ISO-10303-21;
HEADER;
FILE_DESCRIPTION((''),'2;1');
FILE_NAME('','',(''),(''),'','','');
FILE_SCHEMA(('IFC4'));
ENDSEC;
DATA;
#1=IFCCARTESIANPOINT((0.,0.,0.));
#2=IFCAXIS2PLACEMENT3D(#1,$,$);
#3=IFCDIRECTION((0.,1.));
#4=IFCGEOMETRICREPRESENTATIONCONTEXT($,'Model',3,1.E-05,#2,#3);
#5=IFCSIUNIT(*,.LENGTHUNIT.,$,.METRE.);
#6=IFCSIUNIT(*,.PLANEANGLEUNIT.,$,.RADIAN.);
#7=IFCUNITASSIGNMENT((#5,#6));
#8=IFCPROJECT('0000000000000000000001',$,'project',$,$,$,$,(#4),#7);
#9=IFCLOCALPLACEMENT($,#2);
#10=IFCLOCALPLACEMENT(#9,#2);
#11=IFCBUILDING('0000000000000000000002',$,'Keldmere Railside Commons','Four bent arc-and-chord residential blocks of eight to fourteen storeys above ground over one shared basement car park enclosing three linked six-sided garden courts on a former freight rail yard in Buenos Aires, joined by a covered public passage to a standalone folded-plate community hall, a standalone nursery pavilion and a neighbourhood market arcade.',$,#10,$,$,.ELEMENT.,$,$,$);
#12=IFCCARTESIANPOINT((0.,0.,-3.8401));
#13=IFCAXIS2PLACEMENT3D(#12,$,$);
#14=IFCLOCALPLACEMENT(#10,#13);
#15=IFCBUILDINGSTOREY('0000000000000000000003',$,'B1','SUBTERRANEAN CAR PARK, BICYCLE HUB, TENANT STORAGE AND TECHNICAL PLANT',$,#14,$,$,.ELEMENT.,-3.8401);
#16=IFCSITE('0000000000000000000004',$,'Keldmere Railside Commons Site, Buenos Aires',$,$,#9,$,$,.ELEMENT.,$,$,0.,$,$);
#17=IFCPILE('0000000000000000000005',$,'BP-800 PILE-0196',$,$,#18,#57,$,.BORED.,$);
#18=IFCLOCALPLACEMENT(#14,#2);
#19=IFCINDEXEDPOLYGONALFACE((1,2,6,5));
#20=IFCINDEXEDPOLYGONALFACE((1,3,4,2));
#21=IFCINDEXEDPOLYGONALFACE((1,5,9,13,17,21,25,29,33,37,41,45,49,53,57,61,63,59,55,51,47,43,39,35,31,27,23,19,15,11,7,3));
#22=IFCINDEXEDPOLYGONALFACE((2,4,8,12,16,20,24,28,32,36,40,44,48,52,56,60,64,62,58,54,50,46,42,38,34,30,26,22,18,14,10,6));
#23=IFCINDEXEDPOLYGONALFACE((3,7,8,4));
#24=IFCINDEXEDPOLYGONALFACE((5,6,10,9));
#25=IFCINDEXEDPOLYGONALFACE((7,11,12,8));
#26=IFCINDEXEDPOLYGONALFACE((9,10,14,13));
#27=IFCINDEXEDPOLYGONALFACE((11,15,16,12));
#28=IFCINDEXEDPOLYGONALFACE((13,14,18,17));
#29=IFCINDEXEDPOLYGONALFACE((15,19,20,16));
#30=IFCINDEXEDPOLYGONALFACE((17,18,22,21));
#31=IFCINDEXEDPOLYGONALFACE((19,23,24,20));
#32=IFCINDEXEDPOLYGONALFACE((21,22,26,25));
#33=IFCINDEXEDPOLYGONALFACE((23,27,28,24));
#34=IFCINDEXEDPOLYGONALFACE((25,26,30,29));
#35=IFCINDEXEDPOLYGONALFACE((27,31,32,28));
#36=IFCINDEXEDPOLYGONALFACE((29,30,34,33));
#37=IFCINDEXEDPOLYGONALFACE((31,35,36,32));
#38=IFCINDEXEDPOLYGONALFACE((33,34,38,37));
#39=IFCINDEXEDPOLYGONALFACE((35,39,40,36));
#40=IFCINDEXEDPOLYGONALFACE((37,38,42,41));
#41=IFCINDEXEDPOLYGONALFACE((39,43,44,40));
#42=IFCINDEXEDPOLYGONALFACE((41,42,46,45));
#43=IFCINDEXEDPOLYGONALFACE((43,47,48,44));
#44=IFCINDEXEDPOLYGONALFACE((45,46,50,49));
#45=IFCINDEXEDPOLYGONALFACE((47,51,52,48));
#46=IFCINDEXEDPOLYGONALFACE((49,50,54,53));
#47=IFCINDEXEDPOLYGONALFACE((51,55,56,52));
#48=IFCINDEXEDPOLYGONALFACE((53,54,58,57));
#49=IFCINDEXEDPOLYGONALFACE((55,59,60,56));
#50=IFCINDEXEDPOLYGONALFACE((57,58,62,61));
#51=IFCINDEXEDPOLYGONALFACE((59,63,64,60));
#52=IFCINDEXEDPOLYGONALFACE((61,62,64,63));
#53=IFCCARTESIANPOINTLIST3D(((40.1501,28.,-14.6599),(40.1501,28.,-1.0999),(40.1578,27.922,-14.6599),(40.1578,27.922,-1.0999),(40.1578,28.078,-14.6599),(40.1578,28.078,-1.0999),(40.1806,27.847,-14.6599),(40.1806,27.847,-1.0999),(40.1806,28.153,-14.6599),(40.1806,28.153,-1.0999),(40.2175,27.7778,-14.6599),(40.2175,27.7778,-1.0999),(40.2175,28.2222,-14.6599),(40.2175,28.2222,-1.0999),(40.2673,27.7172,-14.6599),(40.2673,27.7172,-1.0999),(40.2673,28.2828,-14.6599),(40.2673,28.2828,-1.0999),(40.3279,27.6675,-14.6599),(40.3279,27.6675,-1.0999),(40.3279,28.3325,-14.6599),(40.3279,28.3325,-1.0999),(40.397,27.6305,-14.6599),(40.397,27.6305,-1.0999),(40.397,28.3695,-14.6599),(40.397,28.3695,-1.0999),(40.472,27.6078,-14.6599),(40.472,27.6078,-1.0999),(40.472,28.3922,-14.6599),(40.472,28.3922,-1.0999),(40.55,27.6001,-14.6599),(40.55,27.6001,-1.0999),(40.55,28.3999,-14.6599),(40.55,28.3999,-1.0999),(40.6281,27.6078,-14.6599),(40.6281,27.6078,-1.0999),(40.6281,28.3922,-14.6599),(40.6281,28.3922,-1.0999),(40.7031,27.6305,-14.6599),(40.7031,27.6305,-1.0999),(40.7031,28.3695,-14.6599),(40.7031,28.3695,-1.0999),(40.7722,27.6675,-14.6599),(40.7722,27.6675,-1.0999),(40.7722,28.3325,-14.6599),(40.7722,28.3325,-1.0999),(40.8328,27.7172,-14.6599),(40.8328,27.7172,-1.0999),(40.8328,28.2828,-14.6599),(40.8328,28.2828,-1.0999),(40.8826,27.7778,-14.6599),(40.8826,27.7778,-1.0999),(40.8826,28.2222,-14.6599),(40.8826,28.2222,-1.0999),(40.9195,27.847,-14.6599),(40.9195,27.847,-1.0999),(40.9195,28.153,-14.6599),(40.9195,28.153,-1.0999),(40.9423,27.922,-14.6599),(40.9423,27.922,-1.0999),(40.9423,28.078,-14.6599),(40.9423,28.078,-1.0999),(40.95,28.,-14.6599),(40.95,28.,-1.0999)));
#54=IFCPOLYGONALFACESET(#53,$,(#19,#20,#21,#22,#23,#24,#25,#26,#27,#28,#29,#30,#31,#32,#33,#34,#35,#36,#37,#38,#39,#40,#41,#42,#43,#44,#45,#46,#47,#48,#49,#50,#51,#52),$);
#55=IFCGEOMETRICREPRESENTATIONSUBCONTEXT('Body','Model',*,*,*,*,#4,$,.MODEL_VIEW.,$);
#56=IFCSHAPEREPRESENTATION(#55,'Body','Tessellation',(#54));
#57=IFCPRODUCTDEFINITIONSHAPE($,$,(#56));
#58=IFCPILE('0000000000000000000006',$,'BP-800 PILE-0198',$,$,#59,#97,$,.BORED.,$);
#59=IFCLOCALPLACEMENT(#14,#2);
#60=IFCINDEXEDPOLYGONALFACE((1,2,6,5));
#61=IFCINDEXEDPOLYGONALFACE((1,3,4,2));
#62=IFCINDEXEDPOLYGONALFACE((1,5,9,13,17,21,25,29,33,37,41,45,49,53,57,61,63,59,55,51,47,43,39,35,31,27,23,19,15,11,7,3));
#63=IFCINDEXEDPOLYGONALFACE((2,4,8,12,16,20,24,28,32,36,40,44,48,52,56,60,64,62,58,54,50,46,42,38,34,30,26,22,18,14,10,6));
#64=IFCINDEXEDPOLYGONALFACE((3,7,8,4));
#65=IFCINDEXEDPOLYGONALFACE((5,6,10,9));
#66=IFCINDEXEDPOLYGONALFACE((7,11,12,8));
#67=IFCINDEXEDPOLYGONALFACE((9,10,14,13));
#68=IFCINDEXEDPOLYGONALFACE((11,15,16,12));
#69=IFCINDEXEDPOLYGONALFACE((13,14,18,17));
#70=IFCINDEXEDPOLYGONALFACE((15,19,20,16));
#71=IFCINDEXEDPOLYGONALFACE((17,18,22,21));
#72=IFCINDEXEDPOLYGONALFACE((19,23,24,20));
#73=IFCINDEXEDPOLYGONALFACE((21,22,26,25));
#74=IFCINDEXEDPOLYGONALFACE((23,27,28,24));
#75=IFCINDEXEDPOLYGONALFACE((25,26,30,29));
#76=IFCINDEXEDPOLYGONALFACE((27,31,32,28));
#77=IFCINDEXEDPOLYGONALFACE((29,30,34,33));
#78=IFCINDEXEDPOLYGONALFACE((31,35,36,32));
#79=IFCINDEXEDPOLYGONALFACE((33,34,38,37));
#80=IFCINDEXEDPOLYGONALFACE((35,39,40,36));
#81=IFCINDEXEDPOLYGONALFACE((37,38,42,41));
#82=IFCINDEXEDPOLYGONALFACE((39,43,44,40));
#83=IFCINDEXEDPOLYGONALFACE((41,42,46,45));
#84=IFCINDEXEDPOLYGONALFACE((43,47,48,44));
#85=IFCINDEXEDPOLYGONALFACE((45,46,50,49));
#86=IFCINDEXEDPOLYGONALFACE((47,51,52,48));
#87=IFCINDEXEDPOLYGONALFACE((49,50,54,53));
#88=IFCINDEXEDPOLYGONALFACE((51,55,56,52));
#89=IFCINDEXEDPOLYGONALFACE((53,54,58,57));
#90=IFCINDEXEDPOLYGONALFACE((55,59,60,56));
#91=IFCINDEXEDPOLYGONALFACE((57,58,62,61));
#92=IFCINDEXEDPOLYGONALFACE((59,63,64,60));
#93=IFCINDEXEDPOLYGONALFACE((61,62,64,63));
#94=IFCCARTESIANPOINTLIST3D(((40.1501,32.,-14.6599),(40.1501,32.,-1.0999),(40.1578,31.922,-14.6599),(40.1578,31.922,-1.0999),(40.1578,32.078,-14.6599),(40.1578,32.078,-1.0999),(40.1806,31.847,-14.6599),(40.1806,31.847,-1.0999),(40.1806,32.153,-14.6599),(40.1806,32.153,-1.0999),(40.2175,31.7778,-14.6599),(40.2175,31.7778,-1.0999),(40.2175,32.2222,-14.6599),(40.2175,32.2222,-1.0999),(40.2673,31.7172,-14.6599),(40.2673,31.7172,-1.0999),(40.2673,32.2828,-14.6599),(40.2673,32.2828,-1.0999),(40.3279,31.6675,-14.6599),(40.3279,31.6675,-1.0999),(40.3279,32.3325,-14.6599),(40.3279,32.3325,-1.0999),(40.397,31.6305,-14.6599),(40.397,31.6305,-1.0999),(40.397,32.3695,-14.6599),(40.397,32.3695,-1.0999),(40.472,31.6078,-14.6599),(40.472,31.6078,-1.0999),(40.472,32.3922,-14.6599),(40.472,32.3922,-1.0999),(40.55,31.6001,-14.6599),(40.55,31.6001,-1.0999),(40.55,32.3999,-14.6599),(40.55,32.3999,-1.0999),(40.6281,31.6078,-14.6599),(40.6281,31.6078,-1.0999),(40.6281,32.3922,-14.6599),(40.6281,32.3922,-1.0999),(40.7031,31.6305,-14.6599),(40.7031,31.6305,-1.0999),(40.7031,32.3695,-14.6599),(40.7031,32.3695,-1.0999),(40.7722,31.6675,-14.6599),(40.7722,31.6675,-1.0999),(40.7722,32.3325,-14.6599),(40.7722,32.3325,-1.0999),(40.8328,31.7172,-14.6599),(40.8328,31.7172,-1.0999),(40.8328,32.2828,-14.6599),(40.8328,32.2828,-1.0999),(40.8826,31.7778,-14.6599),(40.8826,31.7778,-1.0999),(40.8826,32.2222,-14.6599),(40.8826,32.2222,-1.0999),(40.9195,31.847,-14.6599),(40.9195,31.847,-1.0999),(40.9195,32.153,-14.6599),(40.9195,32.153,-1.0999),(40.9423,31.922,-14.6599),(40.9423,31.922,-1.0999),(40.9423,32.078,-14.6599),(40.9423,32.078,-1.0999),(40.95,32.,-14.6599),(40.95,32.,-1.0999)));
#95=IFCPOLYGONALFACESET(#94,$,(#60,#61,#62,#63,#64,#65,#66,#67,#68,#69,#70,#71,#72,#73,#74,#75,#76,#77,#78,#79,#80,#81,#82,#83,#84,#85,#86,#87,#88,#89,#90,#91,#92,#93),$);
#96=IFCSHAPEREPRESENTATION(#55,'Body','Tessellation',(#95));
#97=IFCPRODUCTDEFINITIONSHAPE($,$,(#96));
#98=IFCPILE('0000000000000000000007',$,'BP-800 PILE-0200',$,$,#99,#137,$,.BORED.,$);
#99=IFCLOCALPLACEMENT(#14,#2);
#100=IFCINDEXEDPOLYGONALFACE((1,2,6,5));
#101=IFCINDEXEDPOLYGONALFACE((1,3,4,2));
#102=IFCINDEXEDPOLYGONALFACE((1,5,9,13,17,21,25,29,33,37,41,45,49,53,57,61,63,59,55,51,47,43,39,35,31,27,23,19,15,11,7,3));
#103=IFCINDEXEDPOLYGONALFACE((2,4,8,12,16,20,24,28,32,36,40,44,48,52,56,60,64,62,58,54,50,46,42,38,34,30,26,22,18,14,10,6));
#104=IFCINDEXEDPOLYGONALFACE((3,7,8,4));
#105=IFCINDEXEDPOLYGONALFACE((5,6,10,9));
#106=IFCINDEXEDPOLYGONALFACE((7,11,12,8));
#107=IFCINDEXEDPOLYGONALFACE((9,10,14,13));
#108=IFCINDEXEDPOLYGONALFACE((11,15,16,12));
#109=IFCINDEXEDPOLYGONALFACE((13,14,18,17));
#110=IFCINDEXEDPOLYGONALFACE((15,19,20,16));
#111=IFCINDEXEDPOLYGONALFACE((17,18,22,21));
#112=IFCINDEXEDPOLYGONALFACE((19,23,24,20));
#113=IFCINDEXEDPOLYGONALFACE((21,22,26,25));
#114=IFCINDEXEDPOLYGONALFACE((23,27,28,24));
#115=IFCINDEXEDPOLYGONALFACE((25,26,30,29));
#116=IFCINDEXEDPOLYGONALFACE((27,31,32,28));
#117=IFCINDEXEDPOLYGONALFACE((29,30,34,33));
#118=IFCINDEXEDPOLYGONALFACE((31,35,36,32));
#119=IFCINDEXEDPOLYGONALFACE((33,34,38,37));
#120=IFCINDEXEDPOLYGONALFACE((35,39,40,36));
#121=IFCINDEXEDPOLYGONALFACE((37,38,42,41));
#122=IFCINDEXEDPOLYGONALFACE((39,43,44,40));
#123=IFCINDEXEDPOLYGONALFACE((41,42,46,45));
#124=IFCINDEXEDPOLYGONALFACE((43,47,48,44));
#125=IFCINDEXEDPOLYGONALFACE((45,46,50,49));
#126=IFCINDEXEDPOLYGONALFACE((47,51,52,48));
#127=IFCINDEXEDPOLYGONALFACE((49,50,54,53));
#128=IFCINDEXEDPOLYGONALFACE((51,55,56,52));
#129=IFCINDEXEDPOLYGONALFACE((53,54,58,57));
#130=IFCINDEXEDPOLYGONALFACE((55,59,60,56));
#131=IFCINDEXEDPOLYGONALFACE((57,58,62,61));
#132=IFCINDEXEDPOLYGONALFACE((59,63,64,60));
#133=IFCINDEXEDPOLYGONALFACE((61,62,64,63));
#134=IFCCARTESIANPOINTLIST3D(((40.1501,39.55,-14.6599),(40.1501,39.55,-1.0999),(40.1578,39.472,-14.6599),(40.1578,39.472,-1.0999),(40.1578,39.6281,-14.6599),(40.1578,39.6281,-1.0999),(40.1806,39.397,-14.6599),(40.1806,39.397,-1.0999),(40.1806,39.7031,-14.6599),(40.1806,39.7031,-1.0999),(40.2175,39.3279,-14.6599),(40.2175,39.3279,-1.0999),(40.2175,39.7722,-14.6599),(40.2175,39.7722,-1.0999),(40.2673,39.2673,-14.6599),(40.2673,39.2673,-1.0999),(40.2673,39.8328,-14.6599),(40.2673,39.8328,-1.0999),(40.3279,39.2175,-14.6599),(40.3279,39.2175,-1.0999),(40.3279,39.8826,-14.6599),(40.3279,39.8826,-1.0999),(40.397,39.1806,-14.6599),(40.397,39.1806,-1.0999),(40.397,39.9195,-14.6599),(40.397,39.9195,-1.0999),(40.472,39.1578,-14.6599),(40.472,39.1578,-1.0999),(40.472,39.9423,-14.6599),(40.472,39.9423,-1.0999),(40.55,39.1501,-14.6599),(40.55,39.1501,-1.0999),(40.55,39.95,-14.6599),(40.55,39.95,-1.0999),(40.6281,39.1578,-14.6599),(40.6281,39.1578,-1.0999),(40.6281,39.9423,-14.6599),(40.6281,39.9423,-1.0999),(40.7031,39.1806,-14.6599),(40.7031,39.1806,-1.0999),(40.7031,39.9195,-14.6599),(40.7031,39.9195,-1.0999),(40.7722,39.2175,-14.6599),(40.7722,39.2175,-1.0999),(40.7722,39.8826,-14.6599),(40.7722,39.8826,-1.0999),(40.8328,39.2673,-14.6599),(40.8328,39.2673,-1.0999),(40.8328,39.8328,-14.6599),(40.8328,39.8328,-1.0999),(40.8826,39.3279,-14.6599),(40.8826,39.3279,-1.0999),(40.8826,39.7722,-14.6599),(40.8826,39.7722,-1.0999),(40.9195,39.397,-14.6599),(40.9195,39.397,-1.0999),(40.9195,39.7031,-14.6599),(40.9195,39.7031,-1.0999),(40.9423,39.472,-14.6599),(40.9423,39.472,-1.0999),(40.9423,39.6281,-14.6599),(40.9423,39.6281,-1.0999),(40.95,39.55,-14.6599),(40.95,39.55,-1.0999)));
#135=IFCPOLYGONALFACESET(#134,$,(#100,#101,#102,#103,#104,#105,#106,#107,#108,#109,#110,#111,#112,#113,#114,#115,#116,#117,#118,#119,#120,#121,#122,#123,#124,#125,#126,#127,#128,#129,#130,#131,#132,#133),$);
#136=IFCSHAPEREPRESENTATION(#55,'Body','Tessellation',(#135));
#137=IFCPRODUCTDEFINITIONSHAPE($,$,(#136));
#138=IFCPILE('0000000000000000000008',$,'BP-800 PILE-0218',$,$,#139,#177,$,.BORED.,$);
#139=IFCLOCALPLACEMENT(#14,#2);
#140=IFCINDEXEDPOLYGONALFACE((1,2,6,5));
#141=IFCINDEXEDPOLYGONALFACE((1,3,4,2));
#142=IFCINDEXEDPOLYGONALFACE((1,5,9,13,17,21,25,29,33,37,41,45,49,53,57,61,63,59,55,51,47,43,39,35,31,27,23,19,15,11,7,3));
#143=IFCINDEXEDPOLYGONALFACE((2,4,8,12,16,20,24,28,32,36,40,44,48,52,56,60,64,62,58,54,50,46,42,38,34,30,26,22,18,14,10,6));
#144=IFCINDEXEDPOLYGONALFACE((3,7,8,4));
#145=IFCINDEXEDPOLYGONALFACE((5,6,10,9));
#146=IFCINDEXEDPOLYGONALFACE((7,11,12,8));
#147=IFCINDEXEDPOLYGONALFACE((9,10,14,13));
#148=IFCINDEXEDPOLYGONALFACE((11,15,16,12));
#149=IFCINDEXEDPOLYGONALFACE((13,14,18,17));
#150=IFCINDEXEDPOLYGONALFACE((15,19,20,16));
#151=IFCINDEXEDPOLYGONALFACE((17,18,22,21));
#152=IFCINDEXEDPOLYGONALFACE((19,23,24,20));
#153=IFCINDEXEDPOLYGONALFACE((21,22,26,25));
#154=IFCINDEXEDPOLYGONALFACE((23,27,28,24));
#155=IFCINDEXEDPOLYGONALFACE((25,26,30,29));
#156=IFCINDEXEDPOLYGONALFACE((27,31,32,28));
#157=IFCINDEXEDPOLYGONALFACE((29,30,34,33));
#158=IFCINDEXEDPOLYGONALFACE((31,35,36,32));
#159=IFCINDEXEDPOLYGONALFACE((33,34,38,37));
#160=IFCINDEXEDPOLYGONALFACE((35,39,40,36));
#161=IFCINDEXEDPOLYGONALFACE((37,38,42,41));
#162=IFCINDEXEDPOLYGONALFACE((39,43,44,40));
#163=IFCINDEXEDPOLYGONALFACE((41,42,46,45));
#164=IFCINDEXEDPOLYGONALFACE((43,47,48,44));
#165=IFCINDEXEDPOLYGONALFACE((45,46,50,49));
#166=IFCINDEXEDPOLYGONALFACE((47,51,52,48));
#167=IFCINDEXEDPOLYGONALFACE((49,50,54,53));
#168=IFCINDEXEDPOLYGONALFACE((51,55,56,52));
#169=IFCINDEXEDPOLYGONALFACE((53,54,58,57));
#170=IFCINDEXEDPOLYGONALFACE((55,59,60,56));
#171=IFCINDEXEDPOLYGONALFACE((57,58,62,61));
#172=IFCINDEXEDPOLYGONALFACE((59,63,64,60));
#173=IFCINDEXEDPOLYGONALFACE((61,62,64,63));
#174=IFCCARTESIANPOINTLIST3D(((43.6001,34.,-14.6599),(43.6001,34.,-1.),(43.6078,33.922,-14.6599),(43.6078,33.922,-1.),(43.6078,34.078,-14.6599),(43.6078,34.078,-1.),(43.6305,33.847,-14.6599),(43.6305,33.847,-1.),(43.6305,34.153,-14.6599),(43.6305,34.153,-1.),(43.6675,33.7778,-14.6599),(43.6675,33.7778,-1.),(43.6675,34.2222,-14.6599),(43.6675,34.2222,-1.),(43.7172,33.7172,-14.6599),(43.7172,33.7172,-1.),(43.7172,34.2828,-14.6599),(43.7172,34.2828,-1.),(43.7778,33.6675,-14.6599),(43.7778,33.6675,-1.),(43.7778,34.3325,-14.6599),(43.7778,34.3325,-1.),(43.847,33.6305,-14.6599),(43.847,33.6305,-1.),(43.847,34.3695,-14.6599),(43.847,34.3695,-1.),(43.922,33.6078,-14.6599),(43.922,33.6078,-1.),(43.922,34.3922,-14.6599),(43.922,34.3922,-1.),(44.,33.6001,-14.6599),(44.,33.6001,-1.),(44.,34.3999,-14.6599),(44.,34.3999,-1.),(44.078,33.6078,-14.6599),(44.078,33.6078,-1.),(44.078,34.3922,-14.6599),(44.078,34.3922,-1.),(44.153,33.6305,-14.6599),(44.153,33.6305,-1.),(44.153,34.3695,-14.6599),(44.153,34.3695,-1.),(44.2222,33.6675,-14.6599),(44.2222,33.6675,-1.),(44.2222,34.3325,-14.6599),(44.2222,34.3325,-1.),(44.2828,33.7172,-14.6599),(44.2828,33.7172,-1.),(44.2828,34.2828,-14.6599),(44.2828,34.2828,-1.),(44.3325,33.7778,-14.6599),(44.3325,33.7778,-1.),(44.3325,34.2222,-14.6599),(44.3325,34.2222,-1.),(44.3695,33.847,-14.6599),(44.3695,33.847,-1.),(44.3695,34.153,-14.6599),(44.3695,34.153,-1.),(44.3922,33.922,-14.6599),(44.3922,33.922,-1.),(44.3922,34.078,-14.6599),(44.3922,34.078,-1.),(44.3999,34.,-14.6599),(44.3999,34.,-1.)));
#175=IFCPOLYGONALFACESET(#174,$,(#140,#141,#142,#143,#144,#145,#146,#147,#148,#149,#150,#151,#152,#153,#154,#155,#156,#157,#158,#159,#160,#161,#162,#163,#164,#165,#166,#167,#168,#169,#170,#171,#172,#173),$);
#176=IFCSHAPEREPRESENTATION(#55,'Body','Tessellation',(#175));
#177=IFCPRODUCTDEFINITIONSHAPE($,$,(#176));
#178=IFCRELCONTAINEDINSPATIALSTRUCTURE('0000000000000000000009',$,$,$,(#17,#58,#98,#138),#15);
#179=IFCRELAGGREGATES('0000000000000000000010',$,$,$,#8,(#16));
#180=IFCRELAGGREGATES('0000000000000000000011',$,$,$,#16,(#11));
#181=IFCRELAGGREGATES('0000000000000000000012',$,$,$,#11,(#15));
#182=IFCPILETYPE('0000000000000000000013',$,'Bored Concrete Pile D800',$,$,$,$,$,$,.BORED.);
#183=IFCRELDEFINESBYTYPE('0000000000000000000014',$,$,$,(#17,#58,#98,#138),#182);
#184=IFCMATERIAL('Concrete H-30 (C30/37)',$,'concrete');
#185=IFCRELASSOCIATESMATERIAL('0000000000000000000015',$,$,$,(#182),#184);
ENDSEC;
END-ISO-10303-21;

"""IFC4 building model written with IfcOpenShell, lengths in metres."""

from ifc_helpers import new_model, si_unit, direction, frame, origin, origin_2d, place, context, subcontext, project, spatial, circle, extrude, material, material_profile, profile_set, type_object, element, save


model = new_model("IFC4")

# Units and contexts
model_context = context("Model", 3, precision=1e-05, world=origin(), true_north=direction((0.0, 1.0)))
body_context = subcontext(model_context, "Body", "Model", "MODEL_VIEW")
ifc_project = project(units=[si_unit("LENGTHUNIT", "METRE"), si_unit("PLANEANGLEUNIT", "RADIAN")], contexts=[model_context])

# Site, building, storey
site_placement = place(None, origin())
site = spatial("IfcSite", under=ifc_project, at=site_placement, Name="Keldmere Railside Commons Site, Buenos Aires", CompositionType="ELEMENT", RefElevation=0.0)
building_placement = place(site_placement, origin())
building = spatial("IfcBuilding", under=site, at=building_placement, Name="Keldmere Railside Commons", Description="Four bent arc-and-chord residential blocks of eight to fourteen storeys above ground over one shared basement car park enclosing three linked six-sided garden courts on a former freight rail yard in Buenos Aires, joined by a covered public passage to a standalone folded-plate community hall, a standalone nursery pavilion and a neighbourhood market arcade.", CompositionType="ELEMENT")
storey_placement = place(building_placement, frame((0.0, 0.0, -3.8401)))
storey = spatial("IfcBuildingStorey", under=building, at=storey_placement, Name="B1", Description="SUBTERRANEAN CAR PARK, BICYCLE HUB, TENANT STORAGE AND TECHNICAL PLANT", CompositionType="ELEMENT", Elevation=-3.8401)

# Piles
ifc_material_1 = material(Name="Concrete H-30 (C30/37)", Category="concrete")
ifc_material_profile_1 = material_profile(ifc_material_1, circle(Radius=0.3999, at=origin_2d()), Name="PILE-D800")
ifc_profile_set_1 = profile_set([ifc_material_profile_1], Name="Concrete H-30 (C30/37)")
pile_type = type_object("IfcPileType", Name="Bored Concrete Pile D800", PredefinedType="BORED", material=ifc_profile_set_1)
for number, where, z_axis, x_axis, name in (
    (1, (40.55, 28.0, -1.0999), (0.0, 0.0, -1.0), (1.0, 0.0, 0.0), "BP-800 PILE-0196"),
    (2, (40.55, 32.0, -1.0999), (0.0, 0.0, -1.0), (1.0, 0.0, 0.0), "BP-800 PILE-0198"),
    (3, (40.55, 39.55, -1.0999), (0.0, 0.0, -1.0), (1.0, 0.0, 0.0), "BP-800 PILE-0200"),
):
    element("IfcPile", number, at=place(storey_placement, frame(where, z_axis=z_axis, x_axis=x_axis)), inside=storey, type_object=pile_type, Name=name, PredefinedType="BORED", context=body_context, shape_type="SweptSolid", body=[
        extrude(circle(Radius=0.3999, at=origin_2d()), origin(), (0.0, 0.0, 1.0), 13.5601),
    ])
for number, where, z_axis, x_axis, name in (
    (4, (44.0, 34.0, -1.0), (0.0, 0.0, -1.0), (1.0, 0.0, 0.0), "BP-800 PILE-0218"),
):
    element("IfcPile", number, at=place(storey_placement, frame(where, z_axis=z_axis, x_axis=x_axis)), inside=storey, type_object=pile_type, Name=name, PredefinedType="BORED", context=body_context, shape_type="SweptSolid", body=[
        extrude(circle(Radius=0.3999, at=origin_2d()), origin(), (0.0, 0.0, 1.0), 13.6599),
    ])

save(model, "model.ifc")
